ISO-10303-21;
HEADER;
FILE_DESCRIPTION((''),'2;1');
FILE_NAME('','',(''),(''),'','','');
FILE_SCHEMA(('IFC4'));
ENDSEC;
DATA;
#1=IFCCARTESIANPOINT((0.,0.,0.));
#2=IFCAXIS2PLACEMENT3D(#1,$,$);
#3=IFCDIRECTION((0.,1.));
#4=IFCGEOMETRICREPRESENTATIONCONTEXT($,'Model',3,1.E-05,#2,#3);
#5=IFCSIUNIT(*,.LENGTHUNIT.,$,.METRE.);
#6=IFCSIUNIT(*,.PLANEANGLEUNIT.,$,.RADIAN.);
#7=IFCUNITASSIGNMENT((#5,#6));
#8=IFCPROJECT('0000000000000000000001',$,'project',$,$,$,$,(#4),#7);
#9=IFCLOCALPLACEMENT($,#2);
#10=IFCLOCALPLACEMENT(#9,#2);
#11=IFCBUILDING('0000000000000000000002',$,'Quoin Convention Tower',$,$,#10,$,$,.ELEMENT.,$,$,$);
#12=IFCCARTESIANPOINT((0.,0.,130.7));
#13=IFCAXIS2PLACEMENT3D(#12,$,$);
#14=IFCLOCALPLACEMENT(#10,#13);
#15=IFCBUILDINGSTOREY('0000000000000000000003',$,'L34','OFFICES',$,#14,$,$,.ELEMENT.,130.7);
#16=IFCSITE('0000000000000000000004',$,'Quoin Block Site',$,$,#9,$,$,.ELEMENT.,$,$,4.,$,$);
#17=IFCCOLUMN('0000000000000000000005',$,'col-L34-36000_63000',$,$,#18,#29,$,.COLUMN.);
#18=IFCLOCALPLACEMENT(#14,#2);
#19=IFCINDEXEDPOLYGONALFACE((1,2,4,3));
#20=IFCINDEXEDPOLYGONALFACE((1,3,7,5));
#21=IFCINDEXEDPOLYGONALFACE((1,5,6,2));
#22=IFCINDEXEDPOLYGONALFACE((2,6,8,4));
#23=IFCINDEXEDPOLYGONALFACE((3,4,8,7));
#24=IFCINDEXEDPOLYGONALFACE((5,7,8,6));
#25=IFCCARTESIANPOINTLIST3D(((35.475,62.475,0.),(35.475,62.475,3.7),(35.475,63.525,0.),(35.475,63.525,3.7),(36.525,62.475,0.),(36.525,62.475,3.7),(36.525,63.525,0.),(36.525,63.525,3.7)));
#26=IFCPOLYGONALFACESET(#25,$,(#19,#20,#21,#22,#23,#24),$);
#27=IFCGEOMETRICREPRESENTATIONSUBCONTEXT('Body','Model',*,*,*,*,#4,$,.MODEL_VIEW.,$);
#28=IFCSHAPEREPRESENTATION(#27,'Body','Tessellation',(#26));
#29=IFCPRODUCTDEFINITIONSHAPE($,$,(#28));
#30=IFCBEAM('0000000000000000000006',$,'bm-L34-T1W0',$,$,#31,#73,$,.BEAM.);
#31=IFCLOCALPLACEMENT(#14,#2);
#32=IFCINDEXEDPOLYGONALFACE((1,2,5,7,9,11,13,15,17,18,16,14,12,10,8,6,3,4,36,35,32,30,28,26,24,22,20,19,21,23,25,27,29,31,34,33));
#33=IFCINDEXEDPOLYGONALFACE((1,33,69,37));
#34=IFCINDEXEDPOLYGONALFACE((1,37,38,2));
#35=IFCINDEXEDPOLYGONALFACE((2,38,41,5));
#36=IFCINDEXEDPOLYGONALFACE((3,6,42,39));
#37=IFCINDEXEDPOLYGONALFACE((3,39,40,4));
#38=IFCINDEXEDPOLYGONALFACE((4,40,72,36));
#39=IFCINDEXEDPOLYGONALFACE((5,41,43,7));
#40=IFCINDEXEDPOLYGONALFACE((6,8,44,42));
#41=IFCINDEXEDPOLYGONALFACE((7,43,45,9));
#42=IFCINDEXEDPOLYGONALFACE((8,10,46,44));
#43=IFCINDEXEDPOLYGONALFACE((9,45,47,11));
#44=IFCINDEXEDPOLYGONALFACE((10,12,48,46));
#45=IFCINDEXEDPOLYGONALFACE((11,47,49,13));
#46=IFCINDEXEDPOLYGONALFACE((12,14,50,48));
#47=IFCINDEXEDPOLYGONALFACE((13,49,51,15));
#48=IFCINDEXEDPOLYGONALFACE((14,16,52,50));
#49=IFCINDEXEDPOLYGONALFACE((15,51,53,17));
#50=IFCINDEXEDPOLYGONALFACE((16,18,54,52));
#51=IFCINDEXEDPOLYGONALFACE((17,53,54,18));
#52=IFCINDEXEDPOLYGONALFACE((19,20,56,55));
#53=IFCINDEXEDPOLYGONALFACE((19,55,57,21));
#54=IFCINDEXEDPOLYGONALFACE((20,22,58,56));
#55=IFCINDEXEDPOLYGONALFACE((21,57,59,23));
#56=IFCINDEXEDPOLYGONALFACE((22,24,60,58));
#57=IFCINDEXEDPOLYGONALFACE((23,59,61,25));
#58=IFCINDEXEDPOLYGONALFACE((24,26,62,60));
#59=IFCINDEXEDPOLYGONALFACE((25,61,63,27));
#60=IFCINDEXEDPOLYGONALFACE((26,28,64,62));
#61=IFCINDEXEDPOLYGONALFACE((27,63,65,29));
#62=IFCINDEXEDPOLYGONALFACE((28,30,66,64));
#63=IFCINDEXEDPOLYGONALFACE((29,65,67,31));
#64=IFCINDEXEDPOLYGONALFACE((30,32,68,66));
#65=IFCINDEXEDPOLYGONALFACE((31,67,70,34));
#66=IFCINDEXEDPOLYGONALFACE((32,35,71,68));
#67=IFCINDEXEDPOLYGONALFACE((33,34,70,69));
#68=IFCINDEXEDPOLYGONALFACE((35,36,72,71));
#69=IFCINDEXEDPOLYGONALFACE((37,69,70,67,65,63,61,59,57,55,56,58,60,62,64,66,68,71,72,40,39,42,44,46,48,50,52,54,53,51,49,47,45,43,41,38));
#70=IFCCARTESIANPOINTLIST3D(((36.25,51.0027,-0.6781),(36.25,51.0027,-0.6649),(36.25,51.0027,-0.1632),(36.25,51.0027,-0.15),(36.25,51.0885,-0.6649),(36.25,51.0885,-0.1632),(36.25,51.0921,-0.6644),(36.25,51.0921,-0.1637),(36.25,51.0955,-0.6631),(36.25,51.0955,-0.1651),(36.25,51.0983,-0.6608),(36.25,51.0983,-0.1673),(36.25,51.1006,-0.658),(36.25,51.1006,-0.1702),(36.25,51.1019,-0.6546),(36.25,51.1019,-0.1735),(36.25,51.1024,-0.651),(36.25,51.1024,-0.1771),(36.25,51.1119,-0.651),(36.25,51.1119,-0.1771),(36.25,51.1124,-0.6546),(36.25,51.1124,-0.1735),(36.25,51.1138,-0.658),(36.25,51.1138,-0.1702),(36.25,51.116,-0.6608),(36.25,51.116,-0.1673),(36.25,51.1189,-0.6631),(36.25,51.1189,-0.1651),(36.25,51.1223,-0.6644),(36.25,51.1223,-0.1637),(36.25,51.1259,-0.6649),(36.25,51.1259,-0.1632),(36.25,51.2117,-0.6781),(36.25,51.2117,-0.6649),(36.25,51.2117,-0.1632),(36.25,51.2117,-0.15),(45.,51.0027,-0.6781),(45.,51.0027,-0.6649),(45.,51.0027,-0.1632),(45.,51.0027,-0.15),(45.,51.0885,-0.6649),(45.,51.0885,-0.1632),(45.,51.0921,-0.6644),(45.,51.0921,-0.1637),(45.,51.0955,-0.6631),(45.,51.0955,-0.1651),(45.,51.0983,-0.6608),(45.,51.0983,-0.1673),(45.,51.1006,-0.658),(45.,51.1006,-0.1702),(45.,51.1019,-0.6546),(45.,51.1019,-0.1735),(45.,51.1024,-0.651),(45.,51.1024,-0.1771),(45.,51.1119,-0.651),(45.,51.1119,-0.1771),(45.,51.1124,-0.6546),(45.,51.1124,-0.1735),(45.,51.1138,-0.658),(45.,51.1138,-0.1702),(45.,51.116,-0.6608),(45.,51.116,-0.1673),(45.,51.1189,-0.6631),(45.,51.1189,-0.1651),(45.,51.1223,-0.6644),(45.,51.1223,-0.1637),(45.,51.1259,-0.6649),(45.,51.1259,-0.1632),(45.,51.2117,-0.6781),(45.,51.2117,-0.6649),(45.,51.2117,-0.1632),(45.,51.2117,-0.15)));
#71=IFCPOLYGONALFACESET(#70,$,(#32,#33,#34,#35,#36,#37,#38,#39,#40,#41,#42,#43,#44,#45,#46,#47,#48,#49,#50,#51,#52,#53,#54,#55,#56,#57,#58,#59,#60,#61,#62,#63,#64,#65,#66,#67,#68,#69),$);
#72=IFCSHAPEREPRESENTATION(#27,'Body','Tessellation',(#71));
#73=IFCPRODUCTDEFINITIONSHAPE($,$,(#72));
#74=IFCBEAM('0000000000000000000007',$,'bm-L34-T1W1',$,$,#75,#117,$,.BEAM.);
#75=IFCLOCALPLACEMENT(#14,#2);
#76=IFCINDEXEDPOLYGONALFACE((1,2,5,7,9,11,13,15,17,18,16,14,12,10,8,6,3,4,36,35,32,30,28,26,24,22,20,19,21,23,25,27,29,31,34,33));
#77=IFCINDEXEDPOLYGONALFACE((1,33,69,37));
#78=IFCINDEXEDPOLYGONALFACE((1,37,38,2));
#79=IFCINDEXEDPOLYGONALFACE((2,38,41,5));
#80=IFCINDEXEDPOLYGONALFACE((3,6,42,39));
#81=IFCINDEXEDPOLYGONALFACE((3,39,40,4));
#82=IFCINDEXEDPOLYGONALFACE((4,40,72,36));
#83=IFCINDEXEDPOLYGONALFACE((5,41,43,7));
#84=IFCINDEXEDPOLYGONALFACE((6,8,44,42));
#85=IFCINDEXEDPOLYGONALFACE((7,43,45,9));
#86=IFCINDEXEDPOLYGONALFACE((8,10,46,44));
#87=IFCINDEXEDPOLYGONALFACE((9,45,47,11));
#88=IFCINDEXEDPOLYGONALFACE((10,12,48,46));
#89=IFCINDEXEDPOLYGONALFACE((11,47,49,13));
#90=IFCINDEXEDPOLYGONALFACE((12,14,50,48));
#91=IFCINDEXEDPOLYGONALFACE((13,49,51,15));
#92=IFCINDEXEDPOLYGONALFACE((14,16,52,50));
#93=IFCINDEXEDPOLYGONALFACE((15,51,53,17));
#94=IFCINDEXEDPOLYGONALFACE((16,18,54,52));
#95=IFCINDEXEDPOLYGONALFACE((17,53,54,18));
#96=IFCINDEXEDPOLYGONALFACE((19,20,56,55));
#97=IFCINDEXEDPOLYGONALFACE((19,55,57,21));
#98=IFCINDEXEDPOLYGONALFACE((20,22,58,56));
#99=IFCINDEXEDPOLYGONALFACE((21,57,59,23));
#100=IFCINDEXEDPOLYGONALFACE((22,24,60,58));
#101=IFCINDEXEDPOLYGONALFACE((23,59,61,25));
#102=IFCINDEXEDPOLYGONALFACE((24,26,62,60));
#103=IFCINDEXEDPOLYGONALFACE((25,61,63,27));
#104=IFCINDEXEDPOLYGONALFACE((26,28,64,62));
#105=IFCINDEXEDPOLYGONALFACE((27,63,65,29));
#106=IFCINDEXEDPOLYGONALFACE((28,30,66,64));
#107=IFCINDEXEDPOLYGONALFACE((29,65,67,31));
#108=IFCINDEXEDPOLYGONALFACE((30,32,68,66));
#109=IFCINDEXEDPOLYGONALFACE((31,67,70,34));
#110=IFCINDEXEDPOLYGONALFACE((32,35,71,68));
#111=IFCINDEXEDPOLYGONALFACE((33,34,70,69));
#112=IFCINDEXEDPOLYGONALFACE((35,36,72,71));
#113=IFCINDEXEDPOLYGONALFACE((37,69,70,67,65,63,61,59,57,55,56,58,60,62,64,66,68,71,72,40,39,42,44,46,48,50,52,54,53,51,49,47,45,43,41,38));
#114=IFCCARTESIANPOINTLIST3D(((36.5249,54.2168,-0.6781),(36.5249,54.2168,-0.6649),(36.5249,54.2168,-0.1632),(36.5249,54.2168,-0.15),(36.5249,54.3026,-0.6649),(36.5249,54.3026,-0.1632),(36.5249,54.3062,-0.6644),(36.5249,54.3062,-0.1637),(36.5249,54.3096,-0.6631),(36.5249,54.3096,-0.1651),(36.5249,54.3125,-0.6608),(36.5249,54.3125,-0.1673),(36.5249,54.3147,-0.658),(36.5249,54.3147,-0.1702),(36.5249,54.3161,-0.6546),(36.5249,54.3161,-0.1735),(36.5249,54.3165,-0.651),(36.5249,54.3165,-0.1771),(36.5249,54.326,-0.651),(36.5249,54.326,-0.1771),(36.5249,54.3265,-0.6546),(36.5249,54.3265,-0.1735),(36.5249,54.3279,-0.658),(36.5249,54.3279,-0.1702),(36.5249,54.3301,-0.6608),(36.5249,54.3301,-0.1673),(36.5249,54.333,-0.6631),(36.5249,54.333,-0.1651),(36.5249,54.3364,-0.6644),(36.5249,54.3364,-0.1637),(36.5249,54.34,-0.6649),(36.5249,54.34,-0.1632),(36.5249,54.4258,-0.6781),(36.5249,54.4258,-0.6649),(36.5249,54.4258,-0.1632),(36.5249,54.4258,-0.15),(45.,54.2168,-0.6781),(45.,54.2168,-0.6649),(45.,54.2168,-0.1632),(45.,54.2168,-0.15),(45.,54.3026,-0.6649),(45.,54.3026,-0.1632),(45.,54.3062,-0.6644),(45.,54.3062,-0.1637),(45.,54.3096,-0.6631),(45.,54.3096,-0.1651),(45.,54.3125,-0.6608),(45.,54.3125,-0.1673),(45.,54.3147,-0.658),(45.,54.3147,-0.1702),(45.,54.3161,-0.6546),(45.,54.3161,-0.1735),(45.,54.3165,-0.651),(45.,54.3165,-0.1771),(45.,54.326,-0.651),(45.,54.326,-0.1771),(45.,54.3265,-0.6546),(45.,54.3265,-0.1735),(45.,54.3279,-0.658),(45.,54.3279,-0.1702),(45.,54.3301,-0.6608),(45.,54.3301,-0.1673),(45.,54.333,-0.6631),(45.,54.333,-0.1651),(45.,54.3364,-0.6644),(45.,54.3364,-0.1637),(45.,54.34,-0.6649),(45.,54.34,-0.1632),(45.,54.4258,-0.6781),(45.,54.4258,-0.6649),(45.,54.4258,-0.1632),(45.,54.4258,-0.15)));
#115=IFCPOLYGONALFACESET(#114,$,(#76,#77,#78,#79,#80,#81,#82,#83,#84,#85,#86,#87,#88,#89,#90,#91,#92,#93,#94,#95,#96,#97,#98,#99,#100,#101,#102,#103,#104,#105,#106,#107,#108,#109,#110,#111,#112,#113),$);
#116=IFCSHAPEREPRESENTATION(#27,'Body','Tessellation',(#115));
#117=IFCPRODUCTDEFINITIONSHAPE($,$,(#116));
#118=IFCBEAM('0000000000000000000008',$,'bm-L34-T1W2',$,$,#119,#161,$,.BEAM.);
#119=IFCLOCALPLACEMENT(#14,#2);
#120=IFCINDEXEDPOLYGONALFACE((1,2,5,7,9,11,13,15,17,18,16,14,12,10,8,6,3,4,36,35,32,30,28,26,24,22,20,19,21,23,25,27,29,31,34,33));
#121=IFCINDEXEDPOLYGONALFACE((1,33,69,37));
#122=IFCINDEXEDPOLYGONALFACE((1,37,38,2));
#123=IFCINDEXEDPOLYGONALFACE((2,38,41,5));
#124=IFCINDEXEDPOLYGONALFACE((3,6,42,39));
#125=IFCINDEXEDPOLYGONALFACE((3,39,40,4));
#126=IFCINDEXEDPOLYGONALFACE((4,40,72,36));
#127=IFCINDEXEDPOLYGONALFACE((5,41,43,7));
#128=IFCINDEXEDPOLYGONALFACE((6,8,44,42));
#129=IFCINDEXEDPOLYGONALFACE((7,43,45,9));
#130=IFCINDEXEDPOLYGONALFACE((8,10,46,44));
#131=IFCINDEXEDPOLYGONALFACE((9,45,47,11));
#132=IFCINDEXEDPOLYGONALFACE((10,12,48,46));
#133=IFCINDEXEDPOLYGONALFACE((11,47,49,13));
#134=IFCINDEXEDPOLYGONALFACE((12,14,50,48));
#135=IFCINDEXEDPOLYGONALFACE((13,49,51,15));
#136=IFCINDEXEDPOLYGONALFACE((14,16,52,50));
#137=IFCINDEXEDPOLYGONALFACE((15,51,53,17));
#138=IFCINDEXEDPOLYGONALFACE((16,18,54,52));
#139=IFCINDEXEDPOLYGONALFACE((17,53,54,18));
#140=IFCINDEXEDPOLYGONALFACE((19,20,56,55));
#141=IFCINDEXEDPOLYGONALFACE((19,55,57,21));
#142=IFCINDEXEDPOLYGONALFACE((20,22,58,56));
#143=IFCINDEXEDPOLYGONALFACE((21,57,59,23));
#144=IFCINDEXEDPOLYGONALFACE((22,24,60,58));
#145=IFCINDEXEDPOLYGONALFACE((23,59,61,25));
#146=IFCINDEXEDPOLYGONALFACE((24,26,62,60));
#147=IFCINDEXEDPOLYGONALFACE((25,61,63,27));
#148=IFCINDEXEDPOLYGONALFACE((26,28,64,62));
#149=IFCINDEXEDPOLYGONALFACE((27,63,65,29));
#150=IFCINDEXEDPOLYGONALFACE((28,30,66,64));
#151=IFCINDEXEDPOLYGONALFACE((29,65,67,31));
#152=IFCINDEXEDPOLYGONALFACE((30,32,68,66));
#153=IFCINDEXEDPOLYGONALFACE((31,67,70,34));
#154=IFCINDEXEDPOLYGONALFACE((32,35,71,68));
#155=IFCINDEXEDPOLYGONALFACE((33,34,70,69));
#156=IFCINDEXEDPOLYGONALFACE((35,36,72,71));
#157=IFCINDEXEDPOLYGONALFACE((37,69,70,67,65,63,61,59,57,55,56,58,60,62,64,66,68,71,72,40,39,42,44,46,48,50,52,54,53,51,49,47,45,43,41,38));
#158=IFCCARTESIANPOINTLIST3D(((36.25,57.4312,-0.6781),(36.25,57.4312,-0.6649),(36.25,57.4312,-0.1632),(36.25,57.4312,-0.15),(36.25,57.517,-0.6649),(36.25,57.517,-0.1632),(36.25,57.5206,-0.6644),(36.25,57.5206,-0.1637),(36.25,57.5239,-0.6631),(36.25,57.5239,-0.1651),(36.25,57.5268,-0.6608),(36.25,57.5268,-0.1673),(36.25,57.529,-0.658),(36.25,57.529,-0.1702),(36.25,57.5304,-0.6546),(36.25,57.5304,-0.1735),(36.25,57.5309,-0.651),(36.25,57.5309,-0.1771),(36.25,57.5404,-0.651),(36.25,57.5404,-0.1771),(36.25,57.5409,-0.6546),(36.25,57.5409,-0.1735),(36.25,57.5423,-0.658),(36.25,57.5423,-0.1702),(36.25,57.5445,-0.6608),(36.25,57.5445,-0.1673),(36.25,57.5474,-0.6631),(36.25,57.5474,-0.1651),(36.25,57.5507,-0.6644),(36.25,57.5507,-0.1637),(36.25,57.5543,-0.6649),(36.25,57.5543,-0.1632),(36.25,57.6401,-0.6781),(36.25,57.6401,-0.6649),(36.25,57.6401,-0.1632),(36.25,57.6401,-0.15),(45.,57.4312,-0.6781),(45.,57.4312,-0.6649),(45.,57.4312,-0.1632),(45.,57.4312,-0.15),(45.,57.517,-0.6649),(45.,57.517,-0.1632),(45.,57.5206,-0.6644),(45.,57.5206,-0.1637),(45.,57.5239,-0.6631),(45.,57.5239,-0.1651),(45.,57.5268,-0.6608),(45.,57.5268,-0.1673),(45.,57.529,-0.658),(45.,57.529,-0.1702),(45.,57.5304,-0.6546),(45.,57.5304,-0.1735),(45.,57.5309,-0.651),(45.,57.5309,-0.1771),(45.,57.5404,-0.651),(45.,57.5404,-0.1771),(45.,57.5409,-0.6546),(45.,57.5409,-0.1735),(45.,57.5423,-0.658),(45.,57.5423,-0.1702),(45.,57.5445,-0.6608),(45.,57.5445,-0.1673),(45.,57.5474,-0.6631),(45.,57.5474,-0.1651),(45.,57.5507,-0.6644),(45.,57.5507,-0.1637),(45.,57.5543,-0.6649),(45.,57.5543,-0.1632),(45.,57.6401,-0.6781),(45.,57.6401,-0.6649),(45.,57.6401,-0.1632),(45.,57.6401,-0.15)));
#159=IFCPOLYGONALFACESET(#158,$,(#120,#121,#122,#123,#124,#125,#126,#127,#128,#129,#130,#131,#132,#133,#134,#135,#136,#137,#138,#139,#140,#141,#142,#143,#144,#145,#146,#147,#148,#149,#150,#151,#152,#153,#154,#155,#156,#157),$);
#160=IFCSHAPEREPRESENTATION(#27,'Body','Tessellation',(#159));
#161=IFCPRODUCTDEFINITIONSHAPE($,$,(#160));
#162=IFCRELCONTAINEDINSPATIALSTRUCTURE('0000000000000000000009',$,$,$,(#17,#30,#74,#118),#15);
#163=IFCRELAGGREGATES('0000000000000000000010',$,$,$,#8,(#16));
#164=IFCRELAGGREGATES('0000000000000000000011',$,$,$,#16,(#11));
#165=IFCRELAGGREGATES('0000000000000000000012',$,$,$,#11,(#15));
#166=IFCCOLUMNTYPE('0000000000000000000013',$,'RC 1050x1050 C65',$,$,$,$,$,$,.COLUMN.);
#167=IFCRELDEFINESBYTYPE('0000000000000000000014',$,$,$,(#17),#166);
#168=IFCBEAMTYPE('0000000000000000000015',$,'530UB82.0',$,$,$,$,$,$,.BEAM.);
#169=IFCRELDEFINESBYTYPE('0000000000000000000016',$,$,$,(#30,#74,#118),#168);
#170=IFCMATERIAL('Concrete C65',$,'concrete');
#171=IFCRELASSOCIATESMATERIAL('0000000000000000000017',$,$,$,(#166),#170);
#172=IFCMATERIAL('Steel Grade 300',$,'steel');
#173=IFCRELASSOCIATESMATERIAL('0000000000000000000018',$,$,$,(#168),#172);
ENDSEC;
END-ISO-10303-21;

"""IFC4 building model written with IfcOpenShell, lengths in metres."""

from ifc_helpers import new_model, si_unit, direction, frame, origin, origin_2d, place, context, subcontext, project, spatial, rectangle, i_section, extrude, material, material_profile, profile_set, type_object, element, save


model = new_model("IFC4")

# Units and contexts
model_context = context("Model", 3, precision=1e-05, world=origin(), true_north=direction((0.0, 1.0)))
body_context = subcontext(model_context, "Body", "Model", "MODEL_VIEW")
ifc_project = project(units=[si_unit("LENGTHUNIT", "METRE"), si_unit("PLANEANGLEUNIT", "RADIAN")], contexts=[model_context])

# Site, building, storey
site_placement = place(None, origin())
site = spatial("IfcSite", under=ifc_project, at=site_placement, Name="Quoin Block Site", CompositionType="ELEMENT", RefElevation=4.0)
building_placement = place(site_placement, origin())
building = spatial("IfcBuilding", under=site, at=building_placement, Name="Quoin Convention Tower", CompositionType="ELEMENT")
storey_placement = place(building_placement, frame((0.0, 0.0, 130.7)))
storey = spatial("IfcBuildingStorey", under=building, at=storey_placement, Name="L34", Description="OFFICES", CompositionType="ELEMENT", Elevation=130.7)

# Column
ifc_material_1 = material(Name="Concrete C65", Category="concrete")
ifc_material_profile_1 = material_profile(ifc_material_1, rectangle(XDim=1.05, YDim=1.05, at=origin_2d()), Name="RC 1050x1050")
ifc_profile_set_1 = profile_set([ifc_material_profile_1], Name="Concrete C65")
column_type = type_object("IfcColumnType", Name="RC 1050x1050 C65", PredefinedType="COLUMN", material=ifc_profile_set_1)
column_placement = place(storey_placement, frame((36.0, 63.0, 0.0), z_axis=(0.0, 0.0, 1.0), x_axis=(1.0, 0.0, 0.0)))
element("IfcColumn", 1, at=column_placement, inside=storey, type_object=column_type, Name="col-L34-36000_63000", PredefinedType="COLUMN", context=body_context, shape_type="SweptSolid", body=[
    extrude(rectangle(XDim=1.05, YDim=1.05, at=origin_2d()), origin(), (0.0, 0.0, 1.0), 3.7),
])

# Beams
ifc_material_2 = material(Name="Steel Grade 300", Category="steel")
ifc_material_profile_2 = material_profile(ifc_material_2, i_section(OverallWidth=0.209, OverallDepth=0.5281, WebThickness=0.0095, FlangeThickness=0.0132, FilletRadius=0.0139, at=origin_2d()), Name="530UB82.0")
ifc_profile_set_2 = profile_set([ifc_material_profile_2], Name="Steel Grade 300")
beam_type_1 = type_object("IfcBeamType", Name="530UB82.0", PredefinedType="BEAM", material=ifc_profile_set_2)
beam_1_placement = place(storey_placement, frame((36.25, 51.1072, -0.4141), z_axis=(1.0, 0.0, 0.0), x_axis=(0.0, 1.0, 0.0)))
element("IfcBeam", 2, at=beam_1_placement, inside=storey, type_object=beam_type_1, Name="bm-L34-T1W0", PredefinedType="BEAM", context=body_context, shape_type="SweptSolid", body=[
    extrude(i_section(OverallWidth=0.209, OverallDepth=0.5281, WebThickness=0.0095, FlangeThickness=0.0132, FilletRadius=0.0139, at=origin_2d()), origin(), (0.0, 0.0, 1.0), 8.75),
])
beam_2_placement = place(storey_placement, frame((36.5249, 54.3213, -0.4141), z_axis=(1.0, 0.0, 0.0), x_axis=(0.0, 1.0, 0.0)))
element("IfcBeam", 3, at=beam_2_placement, inside=storey, type_object=beam_type_1, Name="bm-L34-T1W1", PredefinedType="BEAM", context=body_context, shape_type="SweptSolid", body=[
    extrude(i_section(OverallWidth=0.209, OverallDepth=0.5281, WebThickness=0.0095, FlangeThickness=0.0132, FilletRadius=0.0139, at=origin_2d()), origin(), (0.0, 0.0, 1.0), 8.4751),
])
for number, where, z_axis, x_axis, name in (
    (4, (36.25, 57.5356, -0.4141), (1.0, 0.0, 0.0), (0.0, 1.0, 0.0), "bm-L34-T1W2"),
):
    element("IfcBeam", number, at=place(storey_placement, frame(where, z_axis=z_axis, x_axis=x_axis)), inside=storey, type_object=beam_type_1, Name=name, PredefinedType="BEAM", context=body_context, shape_type="SweptSolid", body=[
        extrude(i_section(OverallWidth=0.209, OverallDepth=0.5281, WebThickness=0.0095, FlangeThickness=0.0132, FilletRadius=0.0139, at=origin_2d()), origin(), (0.0, 0.0, 1.0), 8.75),
    ])

save(model, "model.ifc")
